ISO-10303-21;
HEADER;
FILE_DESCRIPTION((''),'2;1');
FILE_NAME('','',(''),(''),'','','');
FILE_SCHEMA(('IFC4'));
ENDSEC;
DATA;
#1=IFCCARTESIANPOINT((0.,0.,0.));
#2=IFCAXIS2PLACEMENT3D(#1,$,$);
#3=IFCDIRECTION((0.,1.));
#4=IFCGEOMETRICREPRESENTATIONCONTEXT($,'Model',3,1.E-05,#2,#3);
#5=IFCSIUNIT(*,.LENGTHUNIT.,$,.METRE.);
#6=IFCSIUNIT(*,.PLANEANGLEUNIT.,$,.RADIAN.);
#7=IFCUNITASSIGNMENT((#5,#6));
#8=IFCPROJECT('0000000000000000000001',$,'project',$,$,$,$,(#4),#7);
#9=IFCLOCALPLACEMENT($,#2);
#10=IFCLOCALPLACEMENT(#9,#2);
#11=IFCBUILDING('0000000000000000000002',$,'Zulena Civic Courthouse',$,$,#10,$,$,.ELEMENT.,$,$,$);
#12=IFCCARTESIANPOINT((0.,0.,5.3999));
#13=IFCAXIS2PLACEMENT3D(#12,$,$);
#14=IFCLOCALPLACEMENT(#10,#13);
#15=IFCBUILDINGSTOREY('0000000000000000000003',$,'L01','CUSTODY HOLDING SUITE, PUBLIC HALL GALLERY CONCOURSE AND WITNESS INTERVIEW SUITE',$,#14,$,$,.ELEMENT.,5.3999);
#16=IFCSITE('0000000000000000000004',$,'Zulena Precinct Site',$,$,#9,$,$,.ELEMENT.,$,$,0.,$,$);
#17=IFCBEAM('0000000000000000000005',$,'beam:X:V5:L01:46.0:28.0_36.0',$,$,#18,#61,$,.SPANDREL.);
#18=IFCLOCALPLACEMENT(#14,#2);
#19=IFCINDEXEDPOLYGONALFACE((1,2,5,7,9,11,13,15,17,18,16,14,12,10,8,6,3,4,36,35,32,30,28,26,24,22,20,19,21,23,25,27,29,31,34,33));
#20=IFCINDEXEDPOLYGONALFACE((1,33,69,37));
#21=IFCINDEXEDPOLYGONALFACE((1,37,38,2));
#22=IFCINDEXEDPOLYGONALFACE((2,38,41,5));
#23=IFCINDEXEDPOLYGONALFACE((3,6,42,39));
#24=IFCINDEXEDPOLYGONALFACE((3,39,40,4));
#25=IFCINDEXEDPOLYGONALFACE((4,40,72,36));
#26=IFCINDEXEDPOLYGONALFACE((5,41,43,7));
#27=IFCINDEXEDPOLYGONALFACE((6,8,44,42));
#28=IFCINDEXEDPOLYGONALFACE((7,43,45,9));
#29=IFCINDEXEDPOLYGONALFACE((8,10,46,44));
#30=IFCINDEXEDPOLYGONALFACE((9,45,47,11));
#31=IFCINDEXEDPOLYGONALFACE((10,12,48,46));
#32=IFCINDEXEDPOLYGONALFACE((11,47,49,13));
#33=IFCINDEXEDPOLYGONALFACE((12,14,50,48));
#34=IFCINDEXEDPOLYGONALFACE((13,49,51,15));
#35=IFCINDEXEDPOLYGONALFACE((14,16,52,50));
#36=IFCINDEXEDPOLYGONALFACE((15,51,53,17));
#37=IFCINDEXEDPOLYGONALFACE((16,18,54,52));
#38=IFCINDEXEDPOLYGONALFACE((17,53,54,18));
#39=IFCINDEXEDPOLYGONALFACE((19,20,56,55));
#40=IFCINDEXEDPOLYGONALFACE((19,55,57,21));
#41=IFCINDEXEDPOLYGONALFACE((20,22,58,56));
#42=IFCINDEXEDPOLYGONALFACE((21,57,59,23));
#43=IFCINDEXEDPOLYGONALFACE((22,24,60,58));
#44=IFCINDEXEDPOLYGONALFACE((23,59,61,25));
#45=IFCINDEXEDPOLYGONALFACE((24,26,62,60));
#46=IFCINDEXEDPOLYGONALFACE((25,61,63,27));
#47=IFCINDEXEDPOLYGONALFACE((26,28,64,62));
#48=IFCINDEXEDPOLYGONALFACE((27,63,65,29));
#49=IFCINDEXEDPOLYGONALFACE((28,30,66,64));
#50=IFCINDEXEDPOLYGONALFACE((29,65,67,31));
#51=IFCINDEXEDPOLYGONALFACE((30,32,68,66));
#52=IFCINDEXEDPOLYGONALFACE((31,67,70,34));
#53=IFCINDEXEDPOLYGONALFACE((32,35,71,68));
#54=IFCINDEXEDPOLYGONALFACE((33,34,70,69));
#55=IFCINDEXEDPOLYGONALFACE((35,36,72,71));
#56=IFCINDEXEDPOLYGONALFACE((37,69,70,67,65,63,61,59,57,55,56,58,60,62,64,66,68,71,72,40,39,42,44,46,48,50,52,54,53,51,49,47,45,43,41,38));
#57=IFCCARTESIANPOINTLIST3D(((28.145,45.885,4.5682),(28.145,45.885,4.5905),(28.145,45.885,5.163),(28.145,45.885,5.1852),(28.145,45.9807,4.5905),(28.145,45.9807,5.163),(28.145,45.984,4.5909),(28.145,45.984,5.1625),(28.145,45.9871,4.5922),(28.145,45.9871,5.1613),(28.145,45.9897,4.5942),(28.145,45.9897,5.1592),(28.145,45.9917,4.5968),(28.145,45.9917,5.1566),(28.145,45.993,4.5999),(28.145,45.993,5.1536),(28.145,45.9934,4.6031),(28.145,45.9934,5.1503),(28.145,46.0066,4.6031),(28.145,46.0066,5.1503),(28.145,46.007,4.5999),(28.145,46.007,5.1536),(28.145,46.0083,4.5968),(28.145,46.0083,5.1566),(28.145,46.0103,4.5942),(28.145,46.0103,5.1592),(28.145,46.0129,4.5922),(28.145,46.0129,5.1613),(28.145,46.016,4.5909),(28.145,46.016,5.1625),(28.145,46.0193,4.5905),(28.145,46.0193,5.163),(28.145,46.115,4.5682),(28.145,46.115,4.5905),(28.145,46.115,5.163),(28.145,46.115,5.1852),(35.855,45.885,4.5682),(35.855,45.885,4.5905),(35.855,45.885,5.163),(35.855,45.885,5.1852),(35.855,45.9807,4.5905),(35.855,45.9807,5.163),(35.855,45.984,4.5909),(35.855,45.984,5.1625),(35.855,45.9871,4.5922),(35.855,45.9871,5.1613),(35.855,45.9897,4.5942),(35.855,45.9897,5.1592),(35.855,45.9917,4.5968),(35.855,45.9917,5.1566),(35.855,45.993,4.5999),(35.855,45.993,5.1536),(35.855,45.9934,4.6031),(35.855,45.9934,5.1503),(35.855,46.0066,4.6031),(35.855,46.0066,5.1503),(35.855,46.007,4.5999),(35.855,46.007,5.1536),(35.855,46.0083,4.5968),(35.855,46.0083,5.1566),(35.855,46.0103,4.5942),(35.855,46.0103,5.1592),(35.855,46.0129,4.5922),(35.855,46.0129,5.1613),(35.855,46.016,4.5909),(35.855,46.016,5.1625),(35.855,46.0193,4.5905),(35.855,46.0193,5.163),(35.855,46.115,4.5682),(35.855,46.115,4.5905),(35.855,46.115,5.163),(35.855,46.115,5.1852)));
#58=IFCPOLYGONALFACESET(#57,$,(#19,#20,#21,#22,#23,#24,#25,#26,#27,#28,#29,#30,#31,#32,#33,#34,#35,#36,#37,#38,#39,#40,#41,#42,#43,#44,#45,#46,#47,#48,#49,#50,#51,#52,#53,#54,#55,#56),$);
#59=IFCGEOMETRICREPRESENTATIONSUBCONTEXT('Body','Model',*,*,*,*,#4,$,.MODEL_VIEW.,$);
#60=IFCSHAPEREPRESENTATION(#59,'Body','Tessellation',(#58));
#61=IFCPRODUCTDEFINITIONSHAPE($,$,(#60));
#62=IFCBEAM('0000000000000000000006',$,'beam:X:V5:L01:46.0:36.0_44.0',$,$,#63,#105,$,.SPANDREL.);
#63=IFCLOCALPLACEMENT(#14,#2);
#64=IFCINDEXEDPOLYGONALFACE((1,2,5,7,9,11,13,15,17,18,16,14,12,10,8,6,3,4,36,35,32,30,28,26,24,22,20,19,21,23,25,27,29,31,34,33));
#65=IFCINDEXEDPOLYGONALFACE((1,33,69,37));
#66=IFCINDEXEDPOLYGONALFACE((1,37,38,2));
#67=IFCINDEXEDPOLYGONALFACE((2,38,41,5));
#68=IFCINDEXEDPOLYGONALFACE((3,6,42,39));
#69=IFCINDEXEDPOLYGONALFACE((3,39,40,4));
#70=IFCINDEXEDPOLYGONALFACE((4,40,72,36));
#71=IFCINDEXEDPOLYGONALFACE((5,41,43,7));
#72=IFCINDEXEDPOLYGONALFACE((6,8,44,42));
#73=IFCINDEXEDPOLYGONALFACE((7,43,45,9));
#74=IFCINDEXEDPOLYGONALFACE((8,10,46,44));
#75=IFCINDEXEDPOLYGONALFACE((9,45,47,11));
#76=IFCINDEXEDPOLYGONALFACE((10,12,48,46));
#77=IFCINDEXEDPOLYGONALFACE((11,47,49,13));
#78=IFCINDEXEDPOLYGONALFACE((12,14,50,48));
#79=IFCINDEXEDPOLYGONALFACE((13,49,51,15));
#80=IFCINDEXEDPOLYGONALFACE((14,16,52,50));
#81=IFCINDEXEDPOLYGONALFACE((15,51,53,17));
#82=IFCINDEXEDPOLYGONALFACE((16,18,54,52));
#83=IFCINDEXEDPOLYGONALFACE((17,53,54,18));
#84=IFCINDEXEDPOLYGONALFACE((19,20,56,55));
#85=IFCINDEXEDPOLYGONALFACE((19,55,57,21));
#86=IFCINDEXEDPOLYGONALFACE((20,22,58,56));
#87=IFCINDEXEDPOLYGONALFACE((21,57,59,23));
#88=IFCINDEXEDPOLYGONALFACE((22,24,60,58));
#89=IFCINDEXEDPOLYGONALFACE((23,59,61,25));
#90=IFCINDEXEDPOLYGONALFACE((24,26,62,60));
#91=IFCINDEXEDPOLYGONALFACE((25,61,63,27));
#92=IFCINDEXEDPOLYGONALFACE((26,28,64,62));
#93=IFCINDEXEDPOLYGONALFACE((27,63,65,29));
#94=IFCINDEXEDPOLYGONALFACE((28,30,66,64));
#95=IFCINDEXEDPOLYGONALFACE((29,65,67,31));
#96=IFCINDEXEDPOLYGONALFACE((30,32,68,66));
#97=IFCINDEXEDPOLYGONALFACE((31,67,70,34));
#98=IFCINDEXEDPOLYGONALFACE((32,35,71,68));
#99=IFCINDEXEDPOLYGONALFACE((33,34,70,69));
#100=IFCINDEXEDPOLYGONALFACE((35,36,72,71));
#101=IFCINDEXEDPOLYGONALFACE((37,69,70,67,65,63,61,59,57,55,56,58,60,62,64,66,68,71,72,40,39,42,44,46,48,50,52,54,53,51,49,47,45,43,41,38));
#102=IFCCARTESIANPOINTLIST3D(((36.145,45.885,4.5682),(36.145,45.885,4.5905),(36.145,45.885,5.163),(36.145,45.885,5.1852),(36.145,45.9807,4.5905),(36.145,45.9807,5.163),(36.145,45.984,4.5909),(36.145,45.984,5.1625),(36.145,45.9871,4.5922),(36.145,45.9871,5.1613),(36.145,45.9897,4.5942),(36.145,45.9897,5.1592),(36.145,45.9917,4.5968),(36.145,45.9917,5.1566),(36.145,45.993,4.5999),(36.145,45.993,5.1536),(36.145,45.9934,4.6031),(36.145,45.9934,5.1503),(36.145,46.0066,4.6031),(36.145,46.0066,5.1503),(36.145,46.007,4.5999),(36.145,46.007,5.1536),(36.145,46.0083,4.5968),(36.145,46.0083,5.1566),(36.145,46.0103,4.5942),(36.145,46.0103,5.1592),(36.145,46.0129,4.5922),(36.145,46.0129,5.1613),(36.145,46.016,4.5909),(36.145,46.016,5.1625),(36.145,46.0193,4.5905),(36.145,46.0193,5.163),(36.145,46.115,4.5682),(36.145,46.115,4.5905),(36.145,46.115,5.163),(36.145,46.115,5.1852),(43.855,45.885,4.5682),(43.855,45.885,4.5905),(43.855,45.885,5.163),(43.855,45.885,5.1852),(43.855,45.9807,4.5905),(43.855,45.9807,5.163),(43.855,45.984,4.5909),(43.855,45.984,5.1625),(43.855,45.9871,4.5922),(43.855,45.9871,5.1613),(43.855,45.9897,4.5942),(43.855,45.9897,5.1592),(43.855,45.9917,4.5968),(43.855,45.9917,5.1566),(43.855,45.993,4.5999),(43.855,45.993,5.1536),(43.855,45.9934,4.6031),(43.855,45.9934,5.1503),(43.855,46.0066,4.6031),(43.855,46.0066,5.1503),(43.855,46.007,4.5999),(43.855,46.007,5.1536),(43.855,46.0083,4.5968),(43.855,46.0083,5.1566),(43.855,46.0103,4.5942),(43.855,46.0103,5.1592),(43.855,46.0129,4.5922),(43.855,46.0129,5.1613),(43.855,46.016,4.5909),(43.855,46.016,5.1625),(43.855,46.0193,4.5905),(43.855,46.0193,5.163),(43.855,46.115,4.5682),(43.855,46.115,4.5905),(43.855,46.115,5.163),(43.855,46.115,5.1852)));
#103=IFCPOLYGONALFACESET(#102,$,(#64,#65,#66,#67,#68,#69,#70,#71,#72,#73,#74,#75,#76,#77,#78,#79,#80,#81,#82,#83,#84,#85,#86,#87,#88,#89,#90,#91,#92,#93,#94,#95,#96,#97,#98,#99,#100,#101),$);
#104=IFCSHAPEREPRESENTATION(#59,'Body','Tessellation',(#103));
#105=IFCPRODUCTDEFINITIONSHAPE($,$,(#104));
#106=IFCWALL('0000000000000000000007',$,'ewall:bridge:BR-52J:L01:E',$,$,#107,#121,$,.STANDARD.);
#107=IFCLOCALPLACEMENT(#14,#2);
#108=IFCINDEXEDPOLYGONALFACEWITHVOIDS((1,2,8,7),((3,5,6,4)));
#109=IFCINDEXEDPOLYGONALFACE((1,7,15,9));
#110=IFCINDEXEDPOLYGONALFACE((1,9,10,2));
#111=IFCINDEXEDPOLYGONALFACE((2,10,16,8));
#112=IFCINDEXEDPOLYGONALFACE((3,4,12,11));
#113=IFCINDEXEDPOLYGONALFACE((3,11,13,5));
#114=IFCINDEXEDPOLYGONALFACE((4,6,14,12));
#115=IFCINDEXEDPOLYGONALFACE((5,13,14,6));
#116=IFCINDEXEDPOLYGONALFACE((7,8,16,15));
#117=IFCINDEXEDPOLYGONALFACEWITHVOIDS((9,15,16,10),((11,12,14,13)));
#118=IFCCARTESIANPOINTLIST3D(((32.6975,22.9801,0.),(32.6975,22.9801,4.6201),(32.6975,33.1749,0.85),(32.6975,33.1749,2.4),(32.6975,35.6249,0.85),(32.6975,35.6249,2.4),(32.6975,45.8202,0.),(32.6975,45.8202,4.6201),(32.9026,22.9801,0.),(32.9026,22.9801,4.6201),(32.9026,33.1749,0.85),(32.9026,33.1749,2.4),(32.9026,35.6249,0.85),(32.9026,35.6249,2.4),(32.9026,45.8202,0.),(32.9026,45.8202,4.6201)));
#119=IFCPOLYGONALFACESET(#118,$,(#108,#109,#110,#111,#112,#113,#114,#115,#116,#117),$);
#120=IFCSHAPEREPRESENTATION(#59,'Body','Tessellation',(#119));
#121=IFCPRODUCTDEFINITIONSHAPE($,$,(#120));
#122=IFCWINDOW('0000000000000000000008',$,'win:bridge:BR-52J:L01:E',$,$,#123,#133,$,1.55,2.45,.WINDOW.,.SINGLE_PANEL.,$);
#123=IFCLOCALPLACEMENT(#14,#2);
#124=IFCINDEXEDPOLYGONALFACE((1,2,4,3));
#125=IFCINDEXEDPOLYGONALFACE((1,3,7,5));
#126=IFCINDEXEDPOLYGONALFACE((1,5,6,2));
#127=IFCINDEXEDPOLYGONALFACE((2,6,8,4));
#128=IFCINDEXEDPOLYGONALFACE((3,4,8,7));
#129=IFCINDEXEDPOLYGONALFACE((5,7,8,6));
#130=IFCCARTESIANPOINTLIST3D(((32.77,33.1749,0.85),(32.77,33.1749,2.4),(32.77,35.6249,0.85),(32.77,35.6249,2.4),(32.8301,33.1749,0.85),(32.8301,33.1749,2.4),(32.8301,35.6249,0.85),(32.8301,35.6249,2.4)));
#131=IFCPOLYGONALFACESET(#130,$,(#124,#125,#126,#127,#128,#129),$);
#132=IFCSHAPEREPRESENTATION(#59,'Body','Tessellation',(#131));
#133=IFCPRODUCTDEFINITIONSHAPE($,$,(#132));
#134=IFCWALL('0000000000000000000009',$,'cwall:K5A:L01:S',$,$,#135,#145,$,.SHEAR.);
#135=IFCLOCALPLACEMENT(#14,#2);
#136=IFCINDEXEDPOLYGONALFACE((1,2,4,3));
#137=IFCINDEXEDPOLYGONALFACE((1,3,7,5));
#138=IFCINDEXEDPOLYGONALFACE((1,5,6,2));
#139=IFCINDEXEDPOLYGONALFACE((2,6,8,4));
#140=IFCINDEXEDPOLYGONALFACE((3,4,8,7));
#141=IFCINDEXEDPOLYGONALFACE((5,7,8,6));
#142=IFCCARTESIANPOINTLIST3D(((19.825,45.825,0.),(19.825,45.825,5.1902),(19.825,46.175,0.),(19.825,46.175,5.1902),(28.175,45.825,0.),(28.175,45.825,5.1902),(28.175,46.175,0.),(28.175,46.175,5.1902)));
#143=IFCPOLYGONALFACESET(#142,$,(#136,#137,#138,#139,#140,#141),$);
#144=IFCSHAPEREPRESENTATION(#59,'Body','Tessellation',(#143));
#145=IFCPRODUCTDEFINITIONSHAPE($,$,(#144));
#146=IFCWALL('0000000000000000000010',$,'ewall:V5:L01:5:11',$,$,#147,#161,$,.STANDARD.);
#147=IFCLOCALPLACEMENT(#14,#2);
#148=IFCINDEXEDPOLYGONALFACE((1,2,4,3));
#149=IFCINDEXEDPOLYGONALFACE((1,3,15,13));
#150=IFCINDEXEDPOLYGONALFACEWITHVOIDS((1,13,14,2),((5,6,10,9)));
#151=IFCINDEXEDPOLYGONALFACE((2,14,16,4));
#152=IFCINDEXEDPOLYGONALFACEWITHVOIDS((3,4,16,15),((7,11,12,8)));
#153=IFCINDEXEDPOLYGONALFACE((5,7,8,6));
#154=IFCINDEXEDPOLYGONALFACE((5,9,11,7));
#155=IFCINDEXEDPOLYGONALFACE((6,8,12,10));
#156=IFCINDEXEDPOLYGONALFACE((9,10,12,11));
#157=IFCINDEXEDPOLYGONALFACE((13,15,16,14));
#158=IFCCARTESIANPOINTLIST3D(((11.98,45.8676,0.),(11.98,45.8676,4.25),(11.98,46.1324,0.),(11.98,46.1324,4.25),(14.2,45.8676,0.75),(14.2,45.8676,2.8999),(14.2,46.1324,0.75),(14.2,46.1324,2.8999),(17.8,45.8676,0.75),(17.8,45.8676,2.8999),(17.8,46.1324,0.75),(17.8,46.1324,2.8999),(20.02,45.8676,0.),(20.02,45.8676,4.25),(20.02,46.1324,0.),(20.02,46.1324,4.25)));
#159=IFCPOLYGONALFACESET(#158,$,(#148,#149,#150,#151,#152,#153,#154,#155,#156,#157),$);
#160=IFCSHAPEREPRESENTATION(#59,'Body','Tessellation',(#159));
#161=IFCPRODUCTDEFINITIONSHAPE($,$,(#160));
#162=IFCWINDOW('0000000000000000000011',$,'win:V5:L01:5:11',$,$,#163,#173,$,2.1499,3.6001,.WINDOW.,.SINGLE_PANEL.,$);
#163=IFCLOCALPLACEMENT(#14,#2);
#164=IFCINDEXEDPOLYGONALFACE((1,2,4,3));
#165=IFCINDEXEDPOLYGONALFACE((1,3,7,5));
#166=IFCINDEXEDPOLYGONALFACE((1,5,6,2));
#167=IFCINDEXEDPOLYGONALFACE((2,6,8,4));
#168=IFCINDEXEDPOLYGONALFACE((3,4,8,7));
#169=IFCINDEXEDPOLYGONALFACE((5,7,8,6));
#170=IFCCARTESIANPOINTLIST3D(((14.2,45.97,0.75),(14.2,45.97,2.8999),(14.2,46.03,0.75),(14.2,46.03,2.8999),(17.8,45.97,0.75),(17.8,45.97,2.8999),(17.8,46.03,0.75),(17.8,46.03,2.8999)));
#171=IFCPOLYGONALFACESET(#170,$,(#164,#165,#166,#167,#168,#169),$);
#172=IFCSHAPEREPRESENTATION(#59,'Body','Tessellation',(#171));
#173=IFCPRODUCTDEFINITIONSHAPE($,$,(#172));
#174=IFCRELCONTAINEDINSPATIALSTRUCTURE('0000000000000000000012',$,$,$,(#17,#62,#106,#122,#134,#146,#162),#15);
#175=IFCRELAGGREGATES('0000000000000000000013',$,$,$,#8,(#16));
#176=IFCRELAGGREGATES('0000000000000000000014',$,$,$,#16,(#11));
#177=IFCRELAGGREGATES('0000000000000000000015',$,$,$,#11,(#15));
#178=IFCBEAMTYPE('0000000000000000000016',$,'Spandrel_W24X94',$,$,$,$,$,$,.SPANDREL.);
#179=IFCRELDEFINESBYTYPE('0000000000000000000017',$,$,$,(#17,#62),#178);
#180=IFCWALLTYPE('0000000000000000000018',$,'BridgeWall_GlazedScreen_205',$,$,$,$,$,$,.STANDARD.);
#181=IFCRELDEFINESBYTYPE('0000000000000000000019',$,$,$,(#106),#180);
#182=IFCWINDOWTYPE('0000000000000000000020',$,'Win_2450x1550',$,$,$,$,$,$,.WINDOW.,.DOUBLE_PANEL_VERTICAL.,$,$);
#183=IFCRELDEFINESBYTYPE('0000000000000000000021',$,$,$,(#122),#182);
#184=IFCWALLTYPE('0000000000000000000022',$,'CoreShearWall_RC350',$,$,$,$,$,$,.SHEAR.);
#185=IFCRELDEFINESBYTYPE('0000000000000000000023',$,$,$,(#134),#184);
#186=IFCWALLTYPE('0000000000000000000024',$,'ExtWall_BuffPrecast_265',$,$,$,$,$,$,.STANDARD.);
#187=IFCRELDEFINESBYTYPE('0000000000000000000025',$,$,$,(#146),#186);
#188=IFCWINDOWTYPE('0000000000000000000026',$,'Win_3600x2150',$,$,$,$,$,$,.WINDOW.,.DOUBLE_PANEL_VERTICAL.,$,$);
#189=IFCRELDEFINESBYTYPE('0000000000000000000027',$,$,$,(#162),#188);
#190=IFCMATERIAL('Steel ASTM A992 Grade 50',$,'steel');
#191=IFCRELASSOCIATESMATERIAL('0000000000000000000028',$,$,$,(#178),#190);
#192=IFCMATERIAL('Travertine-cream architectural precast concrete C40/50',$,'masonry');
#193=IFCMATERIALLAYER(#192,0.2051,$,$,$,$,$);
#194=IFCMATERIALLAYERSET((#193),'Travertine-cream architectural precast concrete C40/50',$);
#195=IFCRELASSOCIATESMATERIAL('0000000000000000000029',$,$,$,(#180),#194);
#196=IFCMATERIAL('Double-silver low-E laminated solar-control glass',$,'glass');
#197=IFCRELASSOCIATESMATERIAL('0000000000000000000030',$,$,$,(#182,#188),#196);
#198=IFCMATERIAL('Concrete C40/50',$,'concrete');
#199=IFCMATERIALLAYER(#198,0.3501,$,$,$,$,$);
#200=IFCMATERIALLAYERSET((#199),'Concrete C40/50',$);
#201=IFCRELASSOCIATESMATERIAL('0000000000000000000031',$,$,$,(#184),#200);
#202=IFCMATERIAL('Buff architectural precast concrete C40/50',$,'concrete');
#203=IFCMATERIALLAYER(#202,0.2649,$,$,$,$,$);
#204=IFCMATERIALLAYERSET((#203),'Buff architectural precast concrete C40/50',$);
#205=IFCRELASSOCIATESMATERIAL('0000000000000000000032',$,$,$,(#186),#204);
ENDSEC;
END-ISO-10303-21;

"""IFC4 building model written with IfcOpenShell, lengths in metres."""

from ifc_helpers import new_model, si_unit, direction, frame, frame_2d, origin, origin_2d, place, context, subcontext, project, spatial, rectangle, i_section, extrude, material, layer, layer_set, material_profile, profile_set, type_object, element, fill, save


model = new_model("IFC4")

# Units and contexts
model_context = context("Model", 3, precision=1e-05, world=origin(), true_north=direction((0.0, 1.0)))
body_context = subcontext(model_context, "Body", "Model", "MODEL_VIEW")
ifc_project = project(units=[si_unit("LENGTHUNIT", "METRE"), si_unit("PLANEANGLEUNIT", "RADIAN")], contexts=[model_context])

# Site, building, storey
site_placement = place(None, origin())
site = spatial("IfcSite", under=ifc_project, at=site_placement, Name="Zulena Precinct Site", CompositionType="ELEMENT", RefElevation=0.0)
building_placement = place(site_placement, origin())
building = spatial("IfcBuilding", under=site, at=building_placement, Name="Zulena Civic Courthouse", CompositionType="ELEMENT")
storey_placement = place(building_placement, frame((0.0, 0.0, 5.3999)))
storey = spatial("IfcBuildingStorey", under=building, at=storey_placement, Name="L01", Description="CUSTODY HOLDING SUITE, PUBLIC HALL GALLERY CONCOURSE AND WITNESS INTERVIEW SUITE", CompositionType="ELEMENT", Elevation=5.3999)

# Shared definitions
ifc_material_1 = material(Name="Steel ASTM A992 Grade 50", Category="steel")

# Beams
ifc_material_profile_1 = material_profile(ifc_material_1, i_section(OverallWidth=0.23, OverallDepth=0.6169, WebThickness=0.0132, FlangeThickness=0.0222, FilletRadius=0.0127, at=origin_2d()), Name="W24X94")
ifc_profile_set_1 = profile_set([ifc_material_profile_1], Name="Steel ASTM A992 Grade 50")
beam_type_1 = type_object("IfcBeamType", Name="Spandrel_W24X94", PredefinedType="SPANDREL", material=ifc_profile_set_1)
for number, where, z_axis, x_axis, name in (
    (1, (28.145, 46.0, 4.8767), (1.0, 0.0, 0.0), (0.0, 1.0, 0.0), "beam:X:V5:L01:46.0:28.0_36.0"),
    (2, (36.145, 46.0, 4.8767), (1.0, 0.0, 0.0), (0.0, 1.0, 0.0), "beam:X:V5:L01:46.0:36.0_44.0"),
):
    element("IfcBeam", number, at=place(storey_placement, frame(where, z_axis=z_axis, x_axis=x_axis)), inside=storey, type_object=beam_type_1, Name=name, PredefinedType="SPANDREL", context=body_context, shape_type="SweptSolid", body=[
        extrude(i_section(OverallWidth=0.23, OverallDepth=0.6169, WebThickness=0.0132, FlangeThickness=0.0222, FilletRadius=0.0127, at=origin_2d()), origin(), (0.0, 0.0, 1.0), 7.71),
    ])

# Wall, opening, window
ifc_material_2 = material(Name="Travertine-cream architectural precast concrete C40/50", Category="masonry")
ifc_layer_1 = layer(ifc_material_2, 0.2051)
ifc_layer_set_1 = layer_set([ifc_layer_1], Name="Travertine-cream architectural precast concrete C40/50")
wall_type_1 = type_object("IfcWallType", Name="BridgeWall_GlazedScreen_205", PredefinedType="STANDARD", material=ifc_layer_set_1)
wall_1_placement = place(storey_placement, frame((32.8, 45.8201, 0.0), z_axis=(0.0, 0.0, 1.0), x_axis=(0.0, -1.0, 0.0)))
wall_1 = element("IfcWall", 3, at=wall_1_placement, inside=storey, type_object=wall_type_1, Name="ewall:bridge:BR-52J:L01:E", PredefinedType="STANDARD", context=body_context, shape_type="SweptSolid", body=[
    extrude(rectangle(XDim=22.8401, YDim=0.2051, at=frame_2d((11.4199, 0.0))), origin(), (0.0, 0.0, 1.0), 4.6201),
])
opening_1_placement = place(wall_1_placement, frame((10.1951, 0.0, 0.8501)))
opening_1 = element("IfcOpeningElement", 4, at=opening_1_placement, cuts=wall_1, PredefinedType="OPENING", context=body_context, shape_type="SweptSolid", body=[
    extrude(rectangle(XDim=2.45, YDim=1.55, at=frame_2d((1.2251, 0.7749))), frame((0.0, 0.1125, 0.0), z_axis=(0.0, -1.0, 0.0), x_axis=(1.0, 0.0, 0.0)), (0.0, 0.0, 1.0), 0.2251),
])
ifc_material_3 = material(Name="Double-silver low-E laminated solar-control glass", Category="glass")
window_type_1 = type_object("IfcWindowType", Name="Win_2450x1550", PartitioningType="DOUBLE_PANEL_VERTICAL", PredefinedType="WINDOW", material=ifc_material_3)
window_1_placement = place(opening_1_placement, origin())
window_1 = element("IfcWindow", 5, at=window_1_placement, inside=storey, type_object=window_type_1, Name="win:bridge:BR-52J:L01:E", OverallHeight=1.55, OverallWidth=2.45, PartitioningType="SINGLE_PANEL", PredefinedType="WINDOW", context=body_context, shape_type="SweptSolid", body=[
    extrude(rectangle(XDim=2.45, YDim=1.55, at=frame_2d((1.2251, 0.7749))), frame((0.0, 0.03, 0.0), z_axis=(0.0, -1.0, 0.0), x_axis=(1.0, 0.0, 0.0)), (0.0, 0.0, 1.0), 0.0601),
])
fill(opening_1, window_1)

# Wall
ifc_material_4 = material(Name="Concrete C40/50", Category="concrete")
ifc_layer_2 = layer(ifc_material_4, 0.3501)
ifc_layer_set_2 = layer_set([ifc_layer_2], Name="Concrete C40/50")
wall_type_2 = type_object("IfcWallType", Name="CoreShearWall_RC350", PredefinedType="SHEAR", material=ifc_layer_set_2)
wall_2_placement = place(storey_placement, frame((19.825, 46.0, 0.0), z_axis=(0.0, 0.0, 1.0), x_axis=(1.0, 0.0, 0.0)))
element("IfcWall", 6, at=wall_2_placement, inside=storey, type_object=wall_type_2, Name="cwall:K5A:L01:S", PredefinedType="SHEAR", context=body_context, shape_type="SweptSolid", body=[
    extrude(rectangle(XDim=8.3501, YDim=0.3501, at=frame_2d((4.175, 0.0))), origin(), (0.0, 0.0, 1.0), 5.1902),
])

# Wall, opening, window
ifc_material_5 = material(Name="Buff architectural precast concrete C40/50", Category="concrete")
ifc_layer_3 = layer(ifc_material_5, 0.2649)
ifc_layer_set_3 = layer_set([ifc_layer_3], Name="Buff architectural precast concrete C40/50")
wall_type_3 = type_object("IfcWallType", Name="ExtWall_BuffPrecast_265", PredefinedType="STANDARD", material=ifc_layer_set_3)
wall_3_placement = place(storey_placement, frame((20.02, 46.0, 0.0), z_axis=(0.0, 0.0, 1.0), x_axis=(-1.0, 0.0, 0.0)))
wall_3 = element("IfcWall", 7, at=wall_3_placement, inside=storey, type_object=wall_type_3, Name="ewall:V5:L01:5:11", PredefinedType="STANDARD", context=body_context, shape_type="SweptSolid", body=[
    extrude(rectangle(XDim=8.04, YDim=0.2649, at=frame_2d((4.02, 0.0))), origin(), (0.0, 0.0, 1.0), 4.25),
])
opening_2_placement = place(wall_3_placement, frame((2.22, 0.0, 0.75)))
opening_2 = element("IfcOpeningElement", 8, at=opening_2_placement, cuts=wall_3, PredefinedType="OPENING", context=body_context, shape_type="SweptSolid", body=[
    extrude(rectangle(XDim=3.6001, YDim=2.1499, at=frame_2d((1.8, 1.075))), frame((0.0, 0.1423, 0.0), z_axis=(0.0, -1.0, 0.0), x_axis=(1.0, 0.0, 0.0)), (0.0, 0.0, 1.0), 0.2849),
])
window_type_2 = type_object("IfcWindowType", Name="Win_3600x2150", PartitioningType="DOUBLE_PANEL_VERTICAL", PredefinedType="WINDOW", material=ifc_material_3)
window_2_placement = place(opening_2_placement, origin())
window_2 = element("IfcWindow", 9, at=window_2_placement, inside=storey, type_object=window_type_2, Name="win:V5:L01:5:11", OverallHeight=2.1499, OverallWidth=3.6001, PartitioningType="SINGLE_PANEL", PredefinedType="WINDOW", context=body_context, shape_type="SweptSolid", body=[
    extrude(rectangle(XDim=3.6001, YDim=2.1499, at=frame_2d((1.8, 1.075))), frame((0.0, 0.03, 0.0), z_axis=(0.0, -1.0, 0.0), x_axis=(1.0, 0.0, 0.0)), (0.0, 0.0, 1.0), 0.0601),
])
fill(opening_2, window_2)

save(model, "model.ifc")
